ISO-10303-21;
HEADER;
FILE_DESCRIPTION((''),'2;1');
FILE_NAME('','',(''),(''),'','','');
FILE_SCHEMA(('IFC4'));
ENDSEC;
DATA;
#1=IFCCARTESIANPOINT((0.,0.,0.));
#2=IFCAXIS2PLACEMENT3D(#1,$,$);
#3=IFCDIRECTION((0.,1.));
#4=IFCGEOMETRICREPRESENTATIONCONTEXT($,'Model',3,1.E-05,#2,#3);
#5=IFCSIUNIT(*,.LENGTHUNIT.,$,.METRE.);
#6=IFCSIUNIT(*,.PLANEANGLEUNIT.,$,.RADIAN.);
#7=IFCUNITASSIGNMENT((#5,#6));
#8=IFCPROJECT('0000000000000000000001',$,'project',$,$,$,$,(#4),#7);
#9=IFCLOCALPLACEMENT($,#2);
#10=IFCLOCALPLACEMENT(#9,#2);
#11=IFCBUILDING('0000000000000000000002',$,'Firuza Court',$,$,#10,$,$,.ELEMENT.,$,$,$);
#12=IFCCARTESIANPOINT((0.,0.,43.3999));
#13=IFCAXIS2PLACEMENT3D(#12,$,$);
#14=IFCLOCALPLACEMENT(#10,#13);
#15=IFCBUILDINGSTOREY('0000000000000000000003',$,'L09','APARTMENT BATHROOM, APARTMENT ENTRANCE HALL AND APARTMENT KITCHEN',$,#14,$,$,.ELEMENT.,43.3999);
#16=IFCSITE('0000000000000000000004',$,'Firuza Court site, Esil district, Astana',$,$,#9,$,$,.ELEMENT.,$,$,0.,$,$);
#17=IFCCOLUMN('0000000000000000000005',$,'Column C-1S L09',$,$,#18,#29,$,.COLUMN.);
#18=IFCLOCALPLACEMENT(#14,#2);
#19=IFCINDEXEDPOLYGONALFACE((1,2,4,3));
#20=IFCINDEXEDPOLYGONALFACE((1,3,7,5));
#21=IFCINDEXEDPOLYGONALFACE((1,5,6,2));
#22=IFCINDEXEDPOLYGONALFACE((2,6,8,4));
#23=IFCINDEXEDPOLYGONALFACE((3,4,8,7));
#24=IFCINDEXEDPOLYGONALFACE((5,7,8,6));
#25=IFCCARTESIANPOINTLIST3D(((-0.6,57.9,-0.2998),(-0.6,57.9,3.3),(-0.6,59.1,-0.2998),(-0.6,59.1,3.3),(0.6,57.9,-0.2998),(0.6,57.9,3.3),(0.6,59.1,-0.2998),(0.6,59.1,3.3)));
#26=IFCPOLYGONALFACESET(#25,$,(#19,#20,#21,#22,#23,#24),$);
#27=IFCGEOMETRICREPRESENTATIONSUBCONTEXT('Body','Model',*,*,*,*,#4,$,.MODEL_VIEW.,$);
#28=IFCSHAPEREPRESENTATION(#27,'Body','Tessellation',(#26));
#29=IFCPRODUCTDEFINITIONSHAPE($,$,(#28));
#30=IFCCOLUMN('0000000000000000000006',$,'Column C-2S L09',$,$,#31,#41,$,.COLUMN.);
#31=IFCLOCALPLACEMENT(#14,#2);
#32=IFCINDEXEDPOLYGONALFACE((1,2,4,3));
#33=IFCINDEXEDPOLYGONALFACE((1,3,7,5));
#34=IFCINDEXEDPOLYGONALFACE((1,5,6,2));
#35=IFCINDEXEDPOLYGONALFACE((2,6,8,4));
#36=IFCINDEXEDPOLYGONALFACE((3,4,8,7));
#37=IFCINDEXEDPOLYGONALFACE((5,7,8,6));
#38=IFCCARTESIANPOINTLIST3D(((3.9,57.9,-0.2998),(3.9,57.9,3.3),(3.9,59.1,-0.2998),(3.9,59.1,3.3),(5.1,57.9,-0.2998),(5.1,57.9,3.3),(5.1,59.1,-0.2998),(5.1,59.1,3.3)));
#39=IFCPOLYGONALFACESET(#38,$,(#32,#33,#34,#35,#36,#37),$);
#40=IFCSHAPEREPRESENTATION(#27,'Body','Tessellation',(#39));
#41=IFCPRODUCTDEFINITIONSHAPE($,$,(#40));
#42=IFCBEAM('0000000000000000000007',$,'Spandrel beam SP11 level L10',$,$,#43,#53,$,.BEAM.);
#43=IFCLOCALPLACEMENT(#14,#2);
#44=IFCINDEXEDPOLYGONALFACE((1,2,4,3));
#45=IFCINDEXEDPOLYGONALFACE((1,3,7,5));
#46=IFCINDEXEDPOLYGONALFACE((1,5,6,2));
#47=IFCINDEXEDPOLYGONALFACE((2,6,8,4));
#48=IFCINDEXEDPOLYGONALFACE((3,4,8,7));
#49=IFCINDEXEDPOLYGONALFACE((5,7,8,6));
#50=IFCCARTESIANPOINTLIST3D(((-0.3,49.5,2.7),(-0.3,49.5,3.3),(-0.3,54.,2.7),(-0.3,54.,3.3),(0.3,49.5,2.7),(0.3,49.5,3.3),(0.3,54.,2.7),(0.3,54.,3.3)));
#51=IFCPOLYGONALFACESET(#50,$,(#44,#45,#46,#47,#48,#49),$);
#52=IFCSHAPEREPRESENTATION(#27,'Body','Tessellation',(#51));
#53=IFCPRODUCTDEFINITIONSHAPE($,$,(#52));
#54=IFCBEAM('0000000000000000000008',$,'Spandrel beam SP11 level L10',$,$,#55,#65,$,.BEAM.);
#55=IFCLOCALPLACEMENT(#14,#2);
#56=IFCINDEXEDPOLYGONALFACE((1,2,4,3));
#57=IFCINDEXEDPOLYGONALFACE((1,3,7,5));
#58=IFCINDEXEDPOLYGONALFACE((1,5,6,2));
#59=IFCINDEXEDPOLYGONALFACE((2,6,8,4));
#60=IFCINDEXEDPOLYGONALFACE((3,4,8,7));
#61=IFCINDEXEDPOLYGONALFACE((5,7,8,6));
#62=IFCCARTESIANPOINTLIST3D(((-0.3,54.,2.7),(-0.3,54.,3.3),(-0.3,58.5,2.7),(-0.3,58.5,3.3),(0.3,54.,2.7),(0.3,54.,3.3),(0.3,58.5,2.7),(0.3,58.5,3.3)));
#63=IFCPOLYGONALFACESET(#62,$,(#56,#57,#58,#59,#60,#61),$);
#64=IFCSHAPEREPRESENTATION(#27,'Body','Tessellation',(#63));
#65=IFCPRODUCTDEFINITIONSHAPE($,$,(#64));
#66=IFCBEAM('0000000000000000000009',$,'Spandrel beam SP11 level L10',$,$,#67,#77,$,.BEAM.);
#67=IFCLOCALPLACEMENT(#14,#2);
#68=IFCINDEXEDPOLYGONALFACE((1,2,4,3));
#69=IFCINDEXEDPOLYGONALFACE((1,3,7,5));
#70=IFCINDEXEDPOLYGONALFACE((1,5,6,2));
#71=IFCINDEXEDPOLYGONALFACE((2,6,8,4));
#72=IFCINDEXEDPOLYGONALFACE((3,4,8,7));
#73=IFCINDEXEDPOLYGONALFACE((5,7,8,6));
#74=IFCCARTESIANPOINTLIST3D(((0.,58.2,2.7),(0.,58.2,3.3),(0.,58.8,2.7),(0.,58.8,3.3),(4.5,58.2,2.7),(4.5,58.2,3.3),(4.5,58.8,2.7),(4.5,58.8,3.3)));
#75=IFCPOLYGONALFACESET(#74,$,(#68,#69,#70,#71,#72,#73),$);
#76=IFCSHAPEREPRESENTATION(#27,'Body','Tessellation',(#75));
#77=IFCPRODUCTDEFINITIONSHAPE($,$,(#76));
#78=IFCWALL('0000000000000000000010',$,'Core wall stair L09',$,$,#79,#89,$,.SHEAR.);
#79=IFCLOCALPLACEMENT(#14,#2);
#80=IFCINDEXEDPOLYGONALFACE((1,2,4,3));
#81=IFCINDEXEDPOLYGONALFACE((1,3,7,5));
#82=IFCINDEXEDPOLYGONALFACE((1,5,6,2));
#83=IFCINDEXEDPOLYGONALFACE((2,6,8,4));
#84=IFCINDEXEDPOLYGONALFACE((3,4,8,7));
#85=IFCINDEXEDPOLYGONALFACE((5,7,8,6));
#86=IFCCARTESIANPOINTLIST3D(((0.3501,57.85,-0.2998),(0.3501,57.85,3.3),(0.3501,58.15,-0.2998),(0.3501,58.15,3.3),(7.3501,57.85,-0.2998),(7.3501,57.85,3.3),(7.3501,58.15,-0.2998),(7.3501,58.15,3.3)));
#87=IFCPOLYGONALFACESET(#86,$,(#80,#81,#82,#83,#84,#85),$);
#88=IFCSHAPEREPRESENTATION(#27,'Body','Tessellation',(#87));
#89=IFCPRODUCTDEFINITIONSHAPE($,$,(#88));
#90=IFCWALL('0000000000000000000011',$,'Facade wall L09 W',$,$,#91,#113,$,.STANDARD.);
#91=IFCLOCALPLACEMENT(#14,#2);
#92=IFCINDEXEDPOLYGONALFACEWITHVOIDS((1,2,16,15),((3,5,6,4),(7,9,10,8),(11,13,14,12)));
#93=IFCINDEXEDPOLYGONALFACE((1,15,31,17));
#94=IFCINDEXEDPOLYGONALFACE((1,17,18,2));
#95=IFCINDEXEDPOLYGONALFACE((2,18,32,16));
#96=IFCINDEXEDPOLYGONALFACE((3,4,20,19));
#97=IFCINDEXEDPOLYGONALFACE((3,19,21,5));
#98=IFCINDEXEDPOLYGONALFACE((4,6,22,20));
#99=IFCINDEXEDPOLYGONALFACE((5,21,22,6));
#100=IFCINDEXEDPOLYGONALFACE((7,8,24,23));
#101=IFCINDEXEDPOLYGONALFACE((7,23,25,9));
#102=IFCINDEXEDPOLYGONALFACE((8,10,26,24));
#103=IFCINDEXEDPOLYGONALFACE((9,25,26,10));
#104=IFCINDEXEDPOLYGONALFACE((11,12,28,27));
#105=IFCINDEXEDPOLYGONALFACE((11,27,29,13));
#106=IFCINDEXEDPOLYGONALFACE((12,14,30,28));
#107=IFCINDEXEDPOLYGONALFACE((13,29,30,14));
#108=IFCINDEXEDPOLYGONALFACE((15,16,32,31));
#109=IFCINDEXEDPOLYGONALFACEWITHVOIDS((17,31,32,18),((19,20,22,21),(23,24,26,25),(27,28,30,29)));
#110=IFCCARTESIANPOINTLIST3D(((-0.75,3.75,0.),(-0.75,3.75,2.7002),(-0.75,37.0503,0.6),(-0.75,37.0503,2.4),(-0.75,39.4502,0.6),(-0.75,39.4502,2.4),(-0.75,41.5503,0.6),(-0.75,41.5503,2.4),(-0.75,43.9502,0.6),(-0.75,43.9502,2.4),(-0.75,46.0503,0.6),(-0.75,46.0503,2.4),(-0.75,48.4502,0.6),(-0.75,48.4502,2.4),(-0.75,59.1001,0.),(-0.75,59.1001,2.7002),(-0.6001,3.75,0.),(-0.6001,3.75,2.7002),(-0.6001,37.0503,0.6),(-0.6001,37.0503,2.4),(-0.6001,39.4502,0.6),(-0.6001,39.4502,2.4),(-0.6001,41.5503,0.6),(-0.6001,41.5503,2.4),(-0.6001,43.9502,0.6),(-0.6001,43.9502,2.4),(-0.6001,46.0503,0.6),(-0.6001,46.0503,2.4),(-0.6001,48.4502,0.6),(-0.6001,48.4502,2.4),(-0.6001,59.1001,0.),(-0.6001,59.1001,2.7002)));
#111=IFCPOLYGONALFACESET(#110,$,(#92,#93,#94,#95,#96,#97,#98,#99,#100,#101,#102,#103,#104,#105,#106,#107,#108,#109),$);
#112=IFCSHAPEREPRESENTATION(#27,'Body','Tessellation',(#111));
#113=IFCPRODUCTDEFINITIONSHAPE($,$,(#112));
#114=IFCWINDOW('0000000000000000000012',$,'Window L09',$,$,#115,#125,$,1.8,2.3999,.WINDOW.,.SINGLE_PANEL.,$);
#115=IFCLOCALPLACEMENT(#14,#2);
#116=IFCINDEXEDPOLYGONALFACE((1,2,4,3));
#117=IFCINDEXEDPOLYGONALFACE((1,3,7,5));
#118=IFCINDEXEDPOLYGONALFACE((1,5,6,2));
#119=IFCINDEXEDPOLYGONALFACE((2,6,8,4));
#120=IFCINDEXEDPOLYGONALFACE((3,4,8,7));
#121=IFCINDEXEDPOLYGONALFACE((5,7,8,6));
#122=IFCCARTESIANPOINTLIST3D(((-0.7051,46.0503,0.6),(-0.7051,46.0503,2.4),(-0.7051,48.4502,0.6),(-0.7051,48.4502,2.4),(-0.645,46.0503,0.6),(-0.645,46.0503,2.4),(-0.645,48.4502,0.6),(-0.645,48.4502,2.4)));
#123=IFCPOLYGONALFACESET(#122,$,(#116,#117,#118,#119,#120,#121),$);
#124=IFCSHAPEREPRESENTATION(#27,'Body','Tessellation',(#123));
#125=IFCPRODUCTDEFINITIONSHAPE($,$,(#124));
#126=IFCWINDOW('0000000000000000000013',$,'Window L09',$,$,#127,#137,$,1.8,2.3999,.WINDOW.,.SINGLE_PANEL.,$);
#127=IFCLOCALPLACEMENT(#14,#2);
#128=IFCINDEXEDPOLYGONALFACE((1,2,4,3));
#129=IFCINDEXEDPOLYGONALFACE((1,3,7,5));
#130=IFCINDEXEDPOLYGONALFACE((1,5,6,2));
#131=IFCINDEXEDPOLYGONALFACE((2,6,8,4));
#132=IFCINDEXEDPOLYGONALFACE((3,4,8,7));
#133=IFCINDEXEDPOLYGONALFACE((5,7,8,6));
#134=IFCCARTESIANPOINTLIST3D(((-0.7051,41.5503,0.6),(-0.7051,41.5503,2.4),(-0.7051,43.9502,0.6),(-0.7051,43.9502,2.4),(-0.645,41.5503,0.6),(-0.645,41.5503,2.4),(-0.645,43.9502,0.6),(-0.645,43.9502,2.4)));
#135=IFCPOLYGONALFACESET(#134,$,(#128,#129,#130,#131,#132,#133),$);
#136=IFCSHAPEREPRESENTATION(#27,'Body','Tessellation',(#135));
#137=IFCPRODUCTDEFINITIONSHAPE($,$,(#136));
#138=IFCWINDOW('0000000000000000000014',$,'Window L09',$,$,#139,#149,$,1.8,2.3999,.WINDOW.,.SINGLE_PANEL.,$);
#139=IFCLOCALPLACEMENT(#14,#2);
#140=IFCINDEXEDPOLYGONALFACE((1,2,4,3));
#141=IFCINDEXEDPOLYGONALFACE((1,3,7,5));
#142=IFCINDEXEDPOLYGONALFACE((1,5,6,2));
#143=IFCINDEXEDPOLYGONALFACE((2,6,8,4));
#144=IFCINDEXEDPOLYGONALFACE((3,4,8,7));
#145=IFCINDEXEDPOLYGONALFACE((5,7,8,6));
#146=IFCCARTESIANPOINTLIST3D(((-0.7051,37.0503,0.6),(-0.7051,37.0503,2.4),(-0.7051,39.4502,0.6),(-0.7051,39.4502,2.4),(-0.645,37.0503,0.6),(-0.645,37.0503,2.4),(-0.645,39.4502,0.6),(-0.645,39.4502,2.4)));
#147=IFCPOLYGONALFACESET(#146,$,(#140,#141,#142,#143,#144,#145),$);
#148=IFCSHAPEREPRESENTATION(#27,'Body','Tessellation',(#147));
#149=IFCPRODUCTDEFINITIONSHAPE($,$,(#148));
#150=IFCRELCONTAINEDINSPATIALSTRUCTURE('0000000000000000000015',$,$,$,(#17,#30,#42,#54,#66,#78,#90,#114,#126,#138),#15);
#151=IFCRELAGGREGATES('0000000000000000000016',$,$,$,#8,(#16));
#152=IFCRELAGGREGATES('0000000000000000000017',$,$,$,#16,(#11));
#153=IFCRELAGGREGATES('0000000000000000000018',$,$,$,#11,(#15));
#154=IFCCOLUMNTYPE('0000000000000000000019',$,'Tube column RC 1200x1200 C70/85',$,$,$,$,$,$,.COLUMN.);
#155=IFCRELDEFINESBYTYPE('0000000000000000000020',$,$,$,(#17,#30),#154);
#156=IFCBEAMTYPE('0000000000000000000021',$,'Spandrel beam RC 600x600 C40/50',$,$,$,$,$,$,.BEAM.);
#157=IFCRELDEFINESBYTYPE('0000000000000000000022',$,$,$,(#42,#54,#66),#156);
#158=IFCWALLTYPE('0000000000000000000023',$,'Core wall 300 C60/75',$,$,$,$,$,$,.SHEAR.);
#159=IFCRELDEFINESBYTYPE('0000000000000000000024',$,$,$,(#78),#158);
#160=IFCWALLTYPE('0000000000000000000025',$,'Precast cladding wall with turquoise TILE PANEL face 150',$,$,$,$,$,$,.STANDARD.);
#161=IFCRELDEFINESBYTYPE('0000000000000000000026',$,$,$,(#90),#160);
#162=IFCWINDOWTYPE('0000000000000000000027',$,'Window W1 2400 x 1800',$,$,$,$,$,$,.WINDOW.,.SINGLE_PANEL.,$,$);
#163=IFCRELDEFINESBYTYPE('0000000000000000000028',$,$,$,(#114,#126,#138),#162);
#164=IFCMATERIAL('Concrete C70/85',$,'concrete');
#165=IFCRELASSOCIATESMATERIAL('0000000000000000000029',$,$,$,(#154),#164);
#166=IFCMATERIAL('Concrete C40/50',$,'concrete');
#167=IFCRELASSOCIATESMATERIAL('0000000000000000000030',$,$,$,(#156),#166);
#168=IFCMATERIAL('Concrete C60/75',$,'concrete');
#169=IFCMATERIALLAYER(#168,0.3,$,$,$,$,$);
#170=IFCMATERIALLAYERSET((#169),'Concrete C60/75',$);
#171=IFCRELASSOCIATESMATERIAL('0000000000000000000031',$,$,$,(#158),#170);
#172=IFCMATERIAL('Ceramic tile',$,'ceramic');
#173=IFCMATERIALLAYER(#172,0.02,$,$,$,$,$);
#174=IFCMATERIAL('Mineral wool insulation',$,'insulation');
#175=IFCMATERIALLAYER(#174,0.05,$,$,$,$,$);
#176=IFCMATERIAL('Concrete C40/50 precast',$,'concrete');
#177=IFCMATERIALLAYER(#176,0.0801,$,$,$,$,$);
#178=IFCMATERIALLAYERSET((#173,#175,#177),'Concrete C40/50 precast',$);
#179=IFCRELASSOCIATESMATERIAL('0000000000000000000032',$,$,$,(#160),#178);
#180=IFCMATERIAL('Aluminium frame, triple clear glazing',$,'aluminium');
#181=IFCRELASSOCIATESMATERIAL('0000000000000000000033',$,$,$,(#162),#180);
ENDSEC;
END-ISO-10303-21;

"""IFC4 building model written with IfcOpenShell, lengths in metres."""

from ifc_helpers import new_model, si_unit, direction, frame, frame_2d, origin, origin_2d, place, context, subcontext, project, spatial, rectangle, extrude, material, layer, layer_set, material_profile, profile_set, type_object, element, fill, save


model = new_model("IFC4")

# Units and contexts
model_context = context("Model", 3, precision=1e-05, world=origin(), true_north=direction((0.0, 1.0)))
body_context = subcontext(model_context, "Body", "Model", "MODEL_VIEW")
ifc_project = project(units=[si_unit("LENGTHUNIT", "METRE"), si_unit("PLANEANGLEUNIT", "RADIAN")], contexts=[model_context])

# Site, building, storey
site_placement = place(None, origin())
site = spatial("IfcSite", under=ifc_project, at=site_placement, Name="Firuza Court site, Esil district, Astana", CompositionType="ELEMENT", RefElevation=0.0)
building_placement = place(site_placement, origin())
building = spatial("IfcBuilding", under=site, at=building_placement, Name="Firuza Court", CompositionType="ELEMENT")
storey_placement = place(building_placement, frame((0.0, 0.0, 43.3999)))
storey = spatial("IfcBuildingStorey", under=building, at=storey_placement, Name="L09", Description="APARTMENT BATHROOM, APARTMENT ENTRANCE HALL AND APARTMENT KITCHEN", CompositionType="ELEMENT", Elevation=43.3999)

# Columns
ifc_material_1 = material(Name="Concrete C70/85", Category="concrete")
ifc_material_profile_1 = material_profile(ifc_material_1, rectangle(XDim=1.2, YDim=1.2, at=origin_2d()), Name="RC 1200x1200")
ifc_profile_set_1 = profile_set([ifc_material_profile_1], Name="Concrete C70/85")
column_type = type_object("IfcColumnType", Name="Tube column RC 1200x1200 C70/85", PredefinedType="COLUMN", material=ifc_profile_set_1)
for number, where, z_axis, x_axis, name in (
    (1, (0.0, 58.5, -0.2998), (0.0, 0.0, 1.0), (1.0, 0.0, 0.0), "Column C-1S L09"),
    (2, (4.5, 58.5, -0.2998), (0.0, 0.0, 1.0), (1.0, 0.0, 0.0), "Column C-2S L09"),
):
    element("IfcColumn", number, at=place(storey_placement, frame(where, z_axis=z_axis, x_axis=x_axis)), inside=storey, type_object=column_type, Name=name, PredefinedType="COLUMN", context=body_context, shape_type="SweptSolid", body=[
        extrude(rectangle(XDim=1.2, YDim=1.2, at=origin_2d()), origin(), (0.0, 0.0, 1.0), 3.5999),
    ])

# Beams
ifc_material_2 = material(Name="Concrete C40/50", Category="concrete")
ifc_material_profile_2 = material_profile(ifc_material_2, rectangle(XDim=0.6001, YDim=0.6001, at=origin_2d()), Name="RC 600x600")
ifc_profile_set_2 = profile_set([ifc_material_profile_2], Name="Concrete C40/50")
beam_type = type_object("IfcBeamType", Name="Spandrel beam RC 600x600 C40/50", PredefinedType="BEAM", material=ifc_profile_set_2)
for number, where, z_axis, x_axis, name in (
    (3, (0.0, 54.0, 3.0), (0.0, -1.0, 0.0), (1.0, 0.0, 0.0), "Spandrel beam SP11 level L10"),
    (4, (0.0, 58.5, 3.0), (0.0, -1.0, 0.0), (1.0, 0.0, 0.0), "Spandrel beam SP11 level L10"),
    (5, (4.5, 58.5, 3.0), (-1.0, 0.0, 0.0), (0.0, -1.0, 0.0), "Spandrel beam SP11 level L10"),
):
    element("IfcBeam", number, at=place(storey_placement, frame(where, z_axis=z_axis, x_axis=x_axis)), inside=storey, type_object=beam_type, Name=name, PredefinedType="BEAM", context=body_context, shape_type="SweptSolid", body=[
        extrude(rectangle(XDim=0.6001, YDim=0.6001, at=origin_2d()), origin(), (0.0, 0.0, 1.0), 4.5),
    ])

# Wall
ifc_material_3 = material(Name="Concrete C60/75", Category="concrete")
ifc_layer_1 = layer(ifc_material_3, 0.3)
ifc_layer_set_1 = layer_set([ifc_layer_1], Name="Concrete C60/75")
wall_type_1 = type_object("IfcWallType", Name="Core wall 300 C60/75", PredefinedType="SHEAR", material=ifc_layer_set_1)
wall_1_placement = place(storey_placement, frame((0.3501, 58.0, -0.2998), z_axis=(0.0, 0.0, 1.0), x_axis=(1.0, 0.0, 0.0)))
element("IfcWall", 6, at=wall_1_placement, inside=storey, type_object=wall_type_1, Name="Core wall stair L09", PredefinedType="SHEAR", context=body_context, shape_type="SweptSolid", body=[
    extrude(rectangle(XDim=7.0, YDim=0.3, at=frame_2d((3.5, 0.0))), origin(), (0.0, 0.0, 1.0), 3.5999),
])

# Wall, openings, windows
ifc_material_4 = material(Name="Ceramic tile", Category="ceramic")
ifc_layer_2 = layer(ifc_material_4, 0.02)
ifc_material_5 = material(Name="Mineral wool insulation", Category="insulation")
ifc_layer_3 = layer(ifc_material_5, 0.05)
ifc_material_6 = material(Name="Concrete C40/50 precast", Category="concrete")
ifc_layer_4 = layer(ifc_material_6, 0.0801)
ifc_layer_set_2 = layer_set([ifc_layer_2, ifc_layer_3, ifc_layer_4], Name="Concrete C40/50 precast")
wall_type_2 = type_object("IfcWallType", Name="Precast cladding wall with turquoise TILE PANEL face 150", PredefinedType="STANDARD", material=ifc_layer_set_2)
wall_2_placement = place(storey_placement, frame((-0.675, 59.1001, 0.0), z_axis=(0.0, 0.0, 1.0), x_axis=(0.0, -1.0, 0.0)))
wall_2 = element("IfcWall", 7, at=wall_2_placement, inside=storey, type_object=wall_type_2, Name="Facade wall L09 W", PredefinedType="STANDARD", context=body_context, shape_type="SweptSolid", body=[
    extrude(rectangle(XDim=55.3501, YDim=0.1499, at=frame_2d((27.675, 0.0))), origin(), (0.0, 0.0, 1.0), 2.7002),
])
opening_1_placement = place(wall_2_placement, frame((10.6499, 0.0, 0.6001)))
opening_1 = element("IfcOpeningElement", 8, at=opening_1_placement, cuts=wall_2, PredefinedType="OPENING", context=body_context, shape_type="SweptSolid", body=[
    extrude(rectangle(XDim=2.3999, YDim=1.8, at=frame_2d((1.2, 0.8999))), frame((0.0, 0.0869, 0.0), z_axis=(0.0, -1.0, 0.0), x_axis=(1.0, 0.0, 0.0)), (0.0, 0.0, 1.0), 0.1738),
])
opening_2_placement = place(wall_2_placement, frame((15.1499, 0.0, 0.6001)))
opening_2 = element("IfcOpeningElement", 9, at=opening_2_placement, cuts=wall_2, PredefinedType="OPENING", context=body_context, shape_type="SweptSolid", body=[
    extrude(rectangle(XDim=2.3999, YDim=1.8, at=frame_2d((1.2, 0.8999))), frame((0.0, 0.0869, 0.0), z_axis=(0.0, -1.0, 0.0), x_axis=(1.0, 0.0, 0.0)), (0.0, 0.0, 1.0), 0.1738),
])
opening_3_placement = place(wall_2_placement, frame((19.6499, 0.0, 0.6001)))
opening_3 = element("IfcOpeningElement", 10, at=opening_3_placement, cuts=wall_2, PredefinedType="OPENING", context=body_context, shape_type="SweptSolid", body=[
    extrude(rectangle(XDim=2.3999, YDim=1.8, at=frame_2d((1.2, 0.8999))), frame((0.0, 0.0869, 0.0), z_axis=(0.0, -1.0, 0.0), x_axis=(1.0, 0.0, 0.0)), (0.0, 0.0, 1.0), 0.1738),
])
ifc_material_7 = material(Name="Aluminium frame, triple clear glazing", Category="aluminium")
window_type = type_object("IfcWindowType", Name="Window W1 2400 x 1800", PartitioningType="SINGLE_PANEL", PredefinedType="WINDOW", material=ifc_material_7)
window_1_placement = place(opening_1_placement, origin())
window_1 = element("IfcWindow", 11, at=window_1_placement, inside=storey, type_object=window_type, Name="Window L09", OverallHeight=1.8, OverallWidth=2.3999, PartitioningType="SINGLE_PANEL", PredefinedType="WINDOW", context=body_context, shape_type="SweptSolid", body=[
    extrude(rectangle(XDim=2.3999, YDim=1.8, at=frame_2d((1.2, 0.8999))), frame((0.0, 0.03, 0.0), z_axis=(0.0, -1.0, 0.0), x_axis=(1.0, 0.0, 0.0)), (0.0, 0.0, 1.0), 0.0601),
])
fill(opening_1, window_1)
window_2_placement = place(opening_2_placement, origin())
window_2 = element("IfcWindow", 12, at=window_2_placement, inside=storey, type_object=window_type, Name="Window L09", OverallHeight=1.8, OverallWidth=2.3999, PartitioningType="SINGLE_PANEL", PredefinedType="WINDOW", context=body_context, shape_type="SweptSolid", body=[
    extrude(rectangle(XDim=2.3999, YDim=1.8, at=frame_2d((1.2, 0.8999))), frame((0.0, 0.03, 0.0), z_axis=(0.0, -1.0, 0.0), x_axis=(1.0, 0.0, 0.0)), (0.0, 0.0, 1.0), 0.0601),
])
fill(opening_2, window_2)
window_3_placement = place(opening_3_placement, origin())
window_3 = element("IfcWindow", 13, at=window_3_placement, inside=storey, type_object=window_type, Name="Window L09", OverallHeight=1.8, OverallWidth=2.3999, PartitioningType="SINGLE_PANEL", PredefinedType="WINDOW", context=body_context, shape_type="SweptSolid", body=[
    extrude(rectangle(XDim=2.3999, YDim=1.8, at=frame_2d((1.2, 0.8999))), frame((0.0, 0.03, 0.0), z_axis=(0.0, -1.0, 0.0), x_axis=(1.0, 0.0, 0.0)), (0.0, 0.0, 1.0), 0.0601),
])
fill(opening_3, window_3)

save(model, "model.ifc")
